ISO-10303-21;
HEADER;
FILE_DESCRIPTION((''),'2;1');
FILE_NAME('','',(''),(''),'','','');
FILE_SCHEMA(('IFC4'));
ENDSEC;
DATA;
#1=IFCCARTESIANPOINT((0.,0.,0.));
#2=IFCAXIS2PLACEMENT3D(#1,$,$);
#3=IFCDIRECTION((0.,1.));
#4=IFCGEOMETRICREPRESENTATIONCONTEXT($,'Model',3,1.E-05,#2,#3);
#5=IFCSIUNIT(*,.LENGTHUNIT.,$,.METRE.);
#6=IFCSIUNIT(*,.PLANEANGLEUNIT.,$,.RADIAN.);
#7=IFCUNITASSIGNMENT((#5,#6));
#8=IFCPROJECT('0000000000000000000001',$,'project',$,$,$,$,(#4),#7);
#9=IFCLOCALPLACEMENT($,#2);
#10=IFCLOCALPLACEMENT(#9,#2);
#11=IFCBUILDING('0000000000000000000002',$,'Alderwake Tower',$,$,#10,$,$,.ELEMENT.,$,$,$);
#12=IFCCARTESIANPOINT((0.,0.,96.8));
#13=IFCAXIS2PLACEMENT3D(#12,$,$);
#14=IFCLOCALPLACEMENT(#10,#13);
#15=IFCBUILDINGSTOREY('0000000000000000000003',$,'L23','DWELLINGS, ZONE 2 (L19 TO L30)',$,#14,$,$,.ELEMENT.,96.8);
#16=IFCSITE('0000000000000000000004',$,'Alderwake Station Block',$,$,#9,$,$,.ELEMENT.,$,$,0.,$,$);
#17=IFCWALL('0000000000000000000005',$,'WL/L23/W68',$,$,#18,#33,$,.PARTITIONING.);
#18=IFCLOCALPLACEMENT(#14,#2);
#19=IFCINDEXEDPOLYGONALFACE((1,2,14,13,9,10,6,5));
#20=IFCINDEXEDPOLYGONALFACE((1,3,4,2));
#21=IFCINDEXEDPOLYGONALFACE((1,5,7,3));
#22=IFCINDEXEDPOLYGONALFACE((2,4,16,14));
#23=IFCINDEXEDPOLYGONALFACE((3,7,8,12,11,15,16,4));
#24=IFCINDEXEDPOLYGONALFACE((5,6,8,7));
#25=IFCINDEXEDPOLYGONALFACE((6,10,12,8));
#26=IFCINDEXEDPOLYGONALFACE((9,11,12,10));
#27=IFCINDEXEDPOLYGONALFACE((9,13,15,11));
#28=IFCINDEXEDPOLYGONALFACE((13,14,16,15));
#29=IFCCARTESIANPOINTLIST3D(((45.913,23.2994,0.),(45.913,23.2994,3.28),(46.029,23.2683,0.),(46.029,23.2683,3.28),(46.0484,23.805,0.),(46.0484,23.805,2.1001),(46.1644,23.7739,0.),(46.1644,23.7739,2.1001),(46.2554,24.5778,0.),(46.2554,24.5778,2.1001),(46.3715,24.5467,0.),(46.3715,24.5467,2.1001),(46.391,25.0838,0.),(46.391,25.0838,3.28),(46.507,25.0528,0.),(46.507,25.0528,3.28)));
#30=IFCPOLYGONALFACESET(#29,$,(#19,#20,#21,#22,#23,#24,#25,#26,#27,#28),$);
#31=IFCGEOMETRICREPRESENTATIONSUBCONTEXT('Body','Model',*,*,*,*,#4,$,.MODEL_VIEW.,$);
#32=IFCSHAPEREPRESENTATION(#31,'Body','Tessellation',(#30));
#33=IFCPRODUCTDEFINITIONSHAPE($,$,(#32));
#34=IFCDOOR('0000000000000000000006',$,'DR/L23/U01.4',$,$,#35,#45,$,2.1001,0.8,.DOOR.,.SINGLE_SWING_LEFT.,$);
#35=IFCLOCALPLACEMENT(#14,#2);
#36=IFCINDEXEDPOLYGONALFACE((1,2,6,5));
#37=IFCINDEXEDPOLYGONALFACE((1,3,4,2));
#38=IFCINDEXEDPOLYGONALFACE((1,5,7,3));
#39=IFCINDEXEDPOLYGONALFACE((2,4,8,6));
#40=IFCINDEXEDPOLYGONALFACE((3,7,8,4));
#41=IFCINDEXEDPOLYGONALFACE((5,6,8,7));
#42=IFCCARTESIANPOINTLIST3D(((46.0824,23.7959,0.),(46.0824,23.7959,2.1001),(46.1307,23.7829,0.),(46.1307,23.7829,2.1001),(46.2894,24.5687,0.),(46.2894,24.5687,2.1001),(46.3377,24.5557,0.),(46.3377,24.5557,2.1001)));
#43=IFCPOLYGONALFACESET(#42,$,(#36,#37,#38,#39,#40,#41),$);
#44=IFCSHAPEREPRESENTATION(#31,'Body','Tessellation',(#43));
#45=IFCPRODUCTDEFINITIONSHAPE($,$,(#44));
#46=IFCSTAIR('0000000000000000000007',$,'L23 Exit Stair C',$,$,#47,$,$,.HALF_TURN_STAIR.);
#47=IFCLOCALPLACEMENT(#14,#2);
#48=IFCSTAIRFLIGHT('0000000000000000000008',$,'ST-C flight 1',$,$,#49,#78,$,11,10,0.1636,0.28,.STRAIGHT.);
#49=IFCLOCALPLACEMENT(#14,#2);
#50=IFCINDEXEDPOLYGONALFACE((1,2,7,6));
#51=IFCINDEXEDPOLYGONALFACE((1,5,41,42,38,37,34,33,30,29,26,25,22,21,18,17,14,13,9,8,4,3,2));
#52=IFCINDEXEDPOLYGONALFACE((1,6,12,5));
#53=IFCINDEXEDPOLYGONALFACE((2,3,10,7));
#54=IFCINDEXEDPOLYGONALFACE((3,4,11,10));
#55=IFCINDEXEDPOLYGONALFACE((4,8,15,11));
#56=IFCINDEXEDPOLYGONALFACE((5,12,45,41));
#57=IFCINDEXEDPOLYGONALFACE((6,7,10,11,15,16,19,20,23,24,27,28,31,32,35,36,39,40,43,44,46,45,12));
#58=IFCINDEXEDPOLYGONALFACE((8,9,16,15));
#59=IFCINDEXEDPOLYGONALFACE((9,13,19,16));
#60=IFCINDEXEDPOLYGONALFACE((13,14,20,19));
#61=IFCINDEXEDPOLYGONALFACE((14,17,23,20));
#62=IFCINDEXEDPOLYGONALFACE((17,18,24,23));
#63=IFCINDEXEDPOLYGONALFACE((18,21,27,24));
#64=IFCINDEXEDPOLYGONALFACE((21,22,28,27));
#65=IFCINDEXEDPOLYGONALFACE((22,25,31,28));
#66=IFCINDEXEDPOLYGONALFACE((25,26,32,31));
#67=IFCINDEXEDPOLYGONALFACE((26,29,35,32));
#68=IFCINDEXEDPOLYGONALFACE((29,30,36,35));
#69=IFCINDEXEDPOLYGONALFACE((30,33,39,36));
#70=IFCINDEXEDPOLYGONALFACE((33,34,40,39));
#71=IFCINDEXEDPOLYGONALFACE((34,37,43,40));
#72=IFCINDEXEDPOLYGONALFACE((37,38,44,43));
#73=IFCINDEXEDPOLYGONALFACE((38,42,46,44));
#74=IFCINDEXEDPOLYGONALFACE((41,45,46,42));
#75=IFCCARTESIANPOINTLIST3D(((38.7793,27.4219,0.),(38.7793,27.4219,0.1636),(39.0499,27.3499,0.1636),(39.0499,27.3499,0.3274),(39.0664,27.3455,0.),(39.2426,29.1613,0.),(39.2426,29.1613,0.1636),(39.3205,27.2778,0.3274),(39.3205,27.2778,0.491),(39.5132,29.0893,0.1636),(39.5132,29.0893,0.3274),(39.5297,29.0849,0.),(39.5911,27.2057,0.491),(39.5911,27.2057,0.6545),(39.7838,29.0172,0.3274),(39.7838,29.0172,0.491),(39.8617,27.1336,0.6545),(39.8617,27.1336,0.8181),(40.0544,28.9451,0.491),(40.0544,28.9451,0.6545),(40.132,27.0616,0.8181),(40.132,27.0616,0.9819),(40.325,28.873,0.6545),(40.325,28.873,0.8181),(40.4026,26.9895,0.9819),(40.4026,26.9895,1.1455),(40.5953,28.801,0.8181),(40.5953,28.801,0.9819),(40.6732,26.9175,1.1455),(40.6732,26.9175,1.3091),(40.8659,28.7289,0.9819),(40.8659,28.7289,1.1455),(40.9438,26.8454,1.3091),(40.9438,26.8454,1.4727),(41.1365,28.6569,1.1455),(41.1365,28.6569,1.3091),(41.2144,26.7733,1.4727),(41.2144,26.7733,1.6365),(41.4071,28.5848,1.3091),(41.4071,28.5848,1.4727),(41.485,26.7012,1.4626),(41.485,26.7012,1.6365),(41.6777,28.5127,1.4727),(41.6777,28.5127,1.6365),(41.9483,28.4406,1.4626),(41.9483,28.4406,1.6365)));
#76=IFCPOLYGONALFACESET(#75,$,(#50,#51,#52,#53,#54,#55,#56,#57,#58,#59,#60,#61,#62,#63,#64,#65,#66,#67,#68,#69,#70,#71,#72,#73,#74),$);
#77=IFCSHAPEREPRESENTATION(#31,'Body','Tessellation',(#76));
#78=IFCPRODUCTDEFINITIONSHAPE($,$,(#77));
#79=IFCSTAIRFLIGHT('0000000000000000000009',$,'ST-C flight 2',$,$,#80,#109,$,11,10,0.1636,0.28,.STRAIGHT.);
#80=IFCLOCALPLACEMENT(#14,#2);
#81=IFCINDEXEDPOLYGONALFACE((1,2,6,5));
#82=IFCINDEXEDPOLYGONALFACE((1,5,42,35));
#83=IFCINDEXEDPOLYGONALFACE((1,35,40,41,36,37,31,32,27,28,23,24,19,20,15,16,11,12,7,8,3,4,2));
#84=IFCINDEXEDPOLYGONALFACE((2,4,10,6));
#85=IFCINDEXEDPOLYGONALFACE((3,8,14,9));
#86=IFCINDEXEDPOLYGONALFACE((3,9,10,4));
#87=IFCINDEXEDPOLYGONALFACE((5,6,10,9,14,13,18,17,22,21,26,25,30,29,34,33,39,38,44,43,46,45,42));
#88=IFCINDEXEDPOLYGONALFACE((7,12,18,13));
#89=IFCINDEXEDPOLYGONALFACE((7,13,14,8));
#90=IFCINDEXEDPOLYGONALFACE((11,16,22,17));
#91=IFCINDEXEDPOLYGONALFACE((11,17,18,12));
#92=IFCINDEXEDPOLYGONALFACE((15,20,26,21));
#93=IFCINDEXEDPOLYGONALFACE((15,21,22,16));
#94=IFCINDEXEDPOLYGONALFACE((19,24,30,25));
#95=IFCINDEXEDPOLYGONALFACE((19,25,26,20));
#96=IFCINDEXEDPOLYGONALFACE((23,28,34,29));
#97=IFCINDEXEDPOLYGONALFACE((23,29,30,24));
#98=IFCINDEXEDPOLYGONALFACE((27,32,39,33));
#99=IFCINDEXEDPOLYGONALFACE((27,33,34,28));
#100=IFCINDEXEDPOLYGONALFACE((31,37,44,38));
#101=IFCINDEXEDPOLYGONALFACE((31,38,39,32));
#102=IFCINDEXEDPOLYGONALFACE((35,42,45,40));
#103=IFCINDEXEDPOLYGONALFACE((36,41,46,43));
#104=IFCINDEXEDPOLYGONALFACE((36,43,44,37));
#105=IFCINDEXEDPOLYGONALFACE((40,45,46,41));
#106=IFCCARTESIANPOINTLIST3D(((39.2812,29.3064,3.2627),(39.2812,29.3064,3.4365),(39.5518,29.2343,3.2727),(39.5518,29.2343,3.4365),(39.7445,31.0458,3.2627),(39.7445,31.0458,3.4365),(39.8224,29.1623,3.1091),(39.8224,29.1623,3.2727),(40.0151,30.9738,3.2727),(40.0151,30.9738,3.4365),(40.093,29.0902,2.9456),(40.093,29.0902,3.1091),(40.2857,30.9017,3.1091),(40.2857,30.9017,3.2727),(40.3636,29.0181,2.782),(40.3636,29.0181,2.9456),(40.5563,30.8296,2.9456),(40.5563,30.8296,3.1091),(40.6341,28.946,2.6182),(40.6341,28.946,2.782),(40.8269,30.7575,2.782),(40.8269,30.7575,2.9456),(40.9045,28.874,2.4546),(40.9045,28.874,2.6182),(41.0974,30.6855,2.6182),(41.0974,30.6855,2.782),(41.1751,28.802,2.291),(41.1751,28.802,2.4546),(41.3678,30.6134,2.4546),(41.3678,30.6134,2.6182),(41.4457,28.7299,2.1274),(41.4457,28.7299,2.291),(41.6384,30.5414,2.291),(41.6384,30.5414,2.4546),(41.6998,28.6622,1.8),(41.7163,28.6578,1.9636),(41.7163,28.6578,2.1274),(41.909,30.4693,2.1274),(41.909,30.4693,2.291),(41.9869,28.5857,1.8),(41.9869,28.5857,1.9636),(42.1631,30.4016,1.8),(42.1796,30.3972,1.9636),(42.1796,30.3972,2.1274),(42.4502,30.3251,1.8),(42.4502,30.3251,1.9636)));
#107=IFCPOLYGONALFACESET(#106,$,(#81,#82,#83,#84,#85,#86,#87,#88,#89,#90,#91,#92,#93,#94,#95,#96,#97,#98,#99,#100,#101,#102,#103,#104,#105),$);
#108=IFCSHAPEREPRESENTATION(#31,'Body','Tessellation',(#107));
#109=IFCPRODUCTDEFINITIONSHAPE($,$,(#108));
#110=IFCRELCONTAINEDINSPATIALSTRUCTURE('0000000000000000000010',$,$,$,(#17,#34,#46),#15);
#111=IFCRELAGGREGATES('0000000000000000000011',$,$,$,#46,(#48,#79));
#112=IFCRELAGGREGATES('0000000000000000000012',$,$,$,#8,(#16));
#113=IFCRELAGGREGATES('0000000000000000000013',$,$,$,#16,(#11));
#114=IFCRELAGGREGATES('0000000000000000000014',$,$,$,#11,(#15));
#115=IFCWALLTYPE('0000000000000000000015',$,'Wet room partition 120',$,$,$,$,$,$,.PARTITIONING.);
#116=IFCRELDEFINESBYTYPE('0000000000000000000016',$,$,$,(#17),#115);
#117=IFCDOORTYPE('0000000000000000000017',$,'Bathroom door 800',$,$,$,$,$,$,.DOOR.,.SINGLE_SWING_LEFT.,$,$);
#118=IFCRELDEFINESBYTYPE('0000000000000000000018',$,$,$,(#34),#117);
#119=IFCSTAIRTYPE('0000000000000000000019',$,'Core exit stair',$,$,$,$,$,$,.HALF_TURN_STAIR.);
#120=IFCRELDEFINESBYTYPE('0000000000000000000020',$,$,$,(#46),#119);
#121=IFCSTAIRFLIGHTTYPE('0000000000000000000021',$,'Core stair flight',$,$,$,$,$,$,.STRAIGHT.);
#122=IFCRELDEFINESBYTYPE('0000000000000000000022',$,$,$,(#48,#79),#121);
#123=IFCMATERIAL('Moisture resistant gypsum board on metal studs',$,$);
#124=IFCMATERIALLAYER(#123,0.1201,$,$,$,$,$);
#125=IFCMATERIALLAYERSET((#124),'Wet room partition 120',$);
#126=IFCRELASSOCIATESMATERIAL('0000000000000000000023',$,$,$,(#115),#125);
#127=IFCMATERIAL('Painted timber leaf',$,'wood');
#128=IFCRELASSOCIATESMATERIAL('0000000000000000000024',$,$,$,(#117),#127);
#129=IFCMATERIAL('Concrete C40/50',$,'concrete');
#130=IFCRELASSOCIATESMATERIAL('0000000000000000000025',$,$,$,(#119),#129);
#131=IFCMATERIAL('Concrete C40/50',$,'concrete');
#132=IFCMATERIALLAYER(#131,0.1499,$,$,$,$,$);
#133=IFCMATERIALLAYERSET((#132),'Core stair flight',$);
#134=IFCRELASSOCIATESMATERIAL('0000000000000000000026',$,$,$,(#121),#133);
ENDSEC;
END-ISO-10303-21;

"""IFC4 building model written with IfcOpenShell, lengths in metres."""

from ifc_helpers import new_model, si_unit, direction, frame, frame_2d, origin, place, context, subcontext, project, spatial, polyline, rectangle, outline, extrude, material, layer, layer_set, type_object, element, fill, aggregate, save


model = new_model("IFC4")

# Units and contexts
model_context = context("Model", 3, precision=1e-05, world=origin(), true_north=direction((0.0, 1.0)))
body_context = subcontext(model_context, "Body", "Model", "MODEL_VIEW")
ifc_project = project(units=[si_unit("LENGTHUNIT", "METRE"), si_unit("PLANEANGLEUNIT", "RADIAN")], contexts=[model_context])

# Site, building, storey
site_placement = place(None, origin())
site = spatial("IfcSite", under=ifc_project, at=site_placement, Name="Alderwake Station Block", CompositionType="ELEMENT", RefElevation=0.0)
building_placement = place(site_placement, origin())
building = spatial("IfcBuilding", under=site, at=building_placement, Name="Alderwake Tower", CompositionType="ELEMENT")
storey_placement = place(building_placement, frame((0.0, 0.0, 96.8)))
storey = spatial("IfcBuildingStorey", under=building, at=storey_placement, Name="L23", Description="DWELLINGS, ZONE 2 (L19 TO L30)", CompositionType="ELEMENT", Elevation=96.8)

# Shared definitions
ifc_material_1 = material(Name="Moisture resistant gypsum board on metal studs")
ifc_layer_1 = layer(ifc_material_1, 0.1201)
ifc_layer_set_1 = layer_set([ifc_layer_1], Name="Wet room partition 120")
wall_type_1 = type_object("IfcWallType", Name="Wet room partition 120", PredefinedType="PARTITIONING", material=ifc_layer_set_1)

# Shared definitions
ifc_material_2 = material(Name="Painted timber leaf", Category="wood")
door_type_1 = type_object("IfcDoorType", Name="Bathroom door 800", OperationType="SINGLE_SWING_LEFT", PredefinedType="DOOR", material=ifc_material_2)

# Wall, opening, door
wall_1_placement = place(storey_placement, frame((45.9709, 23.2837, 0.0), z_axis=(0.0, 0.0, 1.0), x_axis=(0.258765, 0.96594, 0.0)))
wall_1 = element("IfcWall", 1, at=wall_1_placement, inside=storey, type_object=wall_type_1, Name="WL/L23/W68", PredefinedType="PARTITIONING", context=body_context, shape_type="SweptSolid", body=[
    extrude(rectangle(XDim=1.8474, YDim=0.1201, at=frame_2d((0.9238, 0.0))), origin(), (0.0, 0.0, 1.0), 3.28),
])
opening_1_placement = place(wall_1_placement, frame((0.5237, 0.0, 0.0)))
opening_1 = element("IfcOpeningElement", 2, at=opening_1_placement, cuts=wall_1, PredefinedType="OPENING", context=body_context, shape_type="SweptSolid", body=[
    extrude(rectangle(XDim=0.8, YDim=2.1001, at=frame_2d((0.3999, 1.05))), frame((0.0, 0.0701, 0.0), z_axis=(0.0, -1.0, 0.0), x_axis=(1.0, 0.0, 0.0)), (0.0, 0.0, 1.0), 0.1401),
])
door_1_placement = place(opening_1_placement, origin())
door_1 = element("IfcDoor", 3, at=door_1_placement, inside=storey, type_object=door_type_1, Name="DR/L23/U01.4", OperationType="SINGLE_SWING_LEFT", OverallHeight=2.1001, OverallWidth=0.8, PredefinedType="DOOR", context=body_context, shape_type="SweptSolid", body=[
    extrude(rectangle(XDim=0.8, YDim=2.1001, at=frame_2d((0.3999, 1.05))), frame((0.0, 0.0249, 0.0), z_axis=(0.0, -1.0, 0.0), x_axis=(1.0, 0.0, 0.0)), (0.0, 0.0, 1.0), 0.05),
])
fill(opening_1, door_1)

# Stair, stair flights
ifc_material_3 = material(Name="Concrete C40/50", Category="concrete")
stair_type = type_object("IfcStairType", Name="Core exit stair", PredefinedType="HALF_TURN_STAIR", material=ifc_material_3)
stair_placement = place(storey_placement, origin())
stair = element("IfcStair", 4, at=stair_placement, inside=storey, type_object=stair_type, Name="L23 Exit Stair C", PredefinedType="HALF_TURN_STAIR")
ifc_material_4 = material(Name="Concrete C40/50", Category="concrete")
ifc_layer_2 = layer(ifc_material_4, 0.1499)
ifc_layer_set_2 = layer_set([ifc_layer_2], Name="Core stair flight")
stair_flight_type = type_object("IfcStairFlightType", Name="Core stair flight", PredefinedType="STRAIGHT", material=ifc_layer_set_2)
stair_flight_1_placement = place(storey_placement, frame((39.011, 28.2917, 0.0), z_axis=(0.0, 0.0, 1.0), x_axis=(0.96631, -0.257382, 0.0)))
stair_flight_1 = element("IfcStairFlight", 5, at=stair_flight_1_placement, type_object=stair_flight_type, Name="ST-C flight 1", NumberOfRisers=11, NumberOfTreads=10, PredefinedType="STRAIGHT", RiserHeight=0.1636, TreadLength=0.28, context=body_context, shape_type="SweptSolid", body=[
    extrude(outline(polyline([(0.0, 0.0), (0.0, 0.1636), (0.28, 0.1636), (0.28, 0.3274), (0.5601, 0.3274), (0.5601, 0.491), (0.8401, 0.491), (0.8401, 0.6545), (1.1201, 0.6545), (1.1201, 0.8181), (1.3999, 0.8181), (1.3999, 0.9819), (1.6799, 0.9819), (1.6799, 1.1455), (1.96, 1.1455), (1.96, 1.3091), (2.24, 1.3091), (2.24, 1.4727), (2.52, 1.4727), (2.52, 1.6365), (2.8, 1.6365), (2.8, 1.8), (2.8, 1.4626), (0.2971, 0.0), (0.0, 0.0)])), frame((0.0, 0.8999, 0.0), z_axis=(0.0, -1.0, 0.0), x_axis=(1.0, 0.0, 0.0)), (0.0, 0.0, 1.0), 1.8),
])
stair_flight_2_placement = place(storey_placement, frame((42.2185, 29.4553, 1.8), z_axis=(0.0, 0.0, 1.0), x_axis=(-0.96631, 0.257382, 0.0)))
stair_flight_2 = element("IfcStairFlight", 6, at=stair_flight_2_placement, type_object=stair_flight_type, Name="ST-C flight 2", NumberOfRisers=11, NumberOfTreads=10, PredefinedType="STRAIGHT", RiserHeight=0.1636, TreadLength=0.28, context=body_context, shape_type="SweptSolid", body=[
    extrude(outline(polyline([(0.0, 0.0), (0.0, 0.1636), (0.28, 0.1636), (0.28, 0.3274), (0.5601, 0.3274), (0.5601, 0.491), (0.8401, 0.491), (0.8401, 0.6545), (1.1201, 0.6545), (1.1201, 0.8181), (1.3999, 0.8181), (1.3999, 0.9819), (1.6799, 0.9819), (1.6799, 1.1455), (1.96, 1.1455), (1.96, 1.3091), (2.24, 1.3091), (2.24, 1.4727), (2.52, 1.4727), (2.52, 1.6365), (2.8, 1.6365), (2.8, 1.8), (2.8, 1.4626), (0.2971, 0.0), (0.0, 0.0)])), frame((0.0, 0.8999, 0.0), z_axis=(0.0, -1.0, 0.0), x_axis=(1.0, 0.0, 0.0)), (0.0, 0.0, 1.0), 1.8),
])
aggregate(stair, [stair_flight_1, stair_flight_2])

save(model, "model.ifc")
